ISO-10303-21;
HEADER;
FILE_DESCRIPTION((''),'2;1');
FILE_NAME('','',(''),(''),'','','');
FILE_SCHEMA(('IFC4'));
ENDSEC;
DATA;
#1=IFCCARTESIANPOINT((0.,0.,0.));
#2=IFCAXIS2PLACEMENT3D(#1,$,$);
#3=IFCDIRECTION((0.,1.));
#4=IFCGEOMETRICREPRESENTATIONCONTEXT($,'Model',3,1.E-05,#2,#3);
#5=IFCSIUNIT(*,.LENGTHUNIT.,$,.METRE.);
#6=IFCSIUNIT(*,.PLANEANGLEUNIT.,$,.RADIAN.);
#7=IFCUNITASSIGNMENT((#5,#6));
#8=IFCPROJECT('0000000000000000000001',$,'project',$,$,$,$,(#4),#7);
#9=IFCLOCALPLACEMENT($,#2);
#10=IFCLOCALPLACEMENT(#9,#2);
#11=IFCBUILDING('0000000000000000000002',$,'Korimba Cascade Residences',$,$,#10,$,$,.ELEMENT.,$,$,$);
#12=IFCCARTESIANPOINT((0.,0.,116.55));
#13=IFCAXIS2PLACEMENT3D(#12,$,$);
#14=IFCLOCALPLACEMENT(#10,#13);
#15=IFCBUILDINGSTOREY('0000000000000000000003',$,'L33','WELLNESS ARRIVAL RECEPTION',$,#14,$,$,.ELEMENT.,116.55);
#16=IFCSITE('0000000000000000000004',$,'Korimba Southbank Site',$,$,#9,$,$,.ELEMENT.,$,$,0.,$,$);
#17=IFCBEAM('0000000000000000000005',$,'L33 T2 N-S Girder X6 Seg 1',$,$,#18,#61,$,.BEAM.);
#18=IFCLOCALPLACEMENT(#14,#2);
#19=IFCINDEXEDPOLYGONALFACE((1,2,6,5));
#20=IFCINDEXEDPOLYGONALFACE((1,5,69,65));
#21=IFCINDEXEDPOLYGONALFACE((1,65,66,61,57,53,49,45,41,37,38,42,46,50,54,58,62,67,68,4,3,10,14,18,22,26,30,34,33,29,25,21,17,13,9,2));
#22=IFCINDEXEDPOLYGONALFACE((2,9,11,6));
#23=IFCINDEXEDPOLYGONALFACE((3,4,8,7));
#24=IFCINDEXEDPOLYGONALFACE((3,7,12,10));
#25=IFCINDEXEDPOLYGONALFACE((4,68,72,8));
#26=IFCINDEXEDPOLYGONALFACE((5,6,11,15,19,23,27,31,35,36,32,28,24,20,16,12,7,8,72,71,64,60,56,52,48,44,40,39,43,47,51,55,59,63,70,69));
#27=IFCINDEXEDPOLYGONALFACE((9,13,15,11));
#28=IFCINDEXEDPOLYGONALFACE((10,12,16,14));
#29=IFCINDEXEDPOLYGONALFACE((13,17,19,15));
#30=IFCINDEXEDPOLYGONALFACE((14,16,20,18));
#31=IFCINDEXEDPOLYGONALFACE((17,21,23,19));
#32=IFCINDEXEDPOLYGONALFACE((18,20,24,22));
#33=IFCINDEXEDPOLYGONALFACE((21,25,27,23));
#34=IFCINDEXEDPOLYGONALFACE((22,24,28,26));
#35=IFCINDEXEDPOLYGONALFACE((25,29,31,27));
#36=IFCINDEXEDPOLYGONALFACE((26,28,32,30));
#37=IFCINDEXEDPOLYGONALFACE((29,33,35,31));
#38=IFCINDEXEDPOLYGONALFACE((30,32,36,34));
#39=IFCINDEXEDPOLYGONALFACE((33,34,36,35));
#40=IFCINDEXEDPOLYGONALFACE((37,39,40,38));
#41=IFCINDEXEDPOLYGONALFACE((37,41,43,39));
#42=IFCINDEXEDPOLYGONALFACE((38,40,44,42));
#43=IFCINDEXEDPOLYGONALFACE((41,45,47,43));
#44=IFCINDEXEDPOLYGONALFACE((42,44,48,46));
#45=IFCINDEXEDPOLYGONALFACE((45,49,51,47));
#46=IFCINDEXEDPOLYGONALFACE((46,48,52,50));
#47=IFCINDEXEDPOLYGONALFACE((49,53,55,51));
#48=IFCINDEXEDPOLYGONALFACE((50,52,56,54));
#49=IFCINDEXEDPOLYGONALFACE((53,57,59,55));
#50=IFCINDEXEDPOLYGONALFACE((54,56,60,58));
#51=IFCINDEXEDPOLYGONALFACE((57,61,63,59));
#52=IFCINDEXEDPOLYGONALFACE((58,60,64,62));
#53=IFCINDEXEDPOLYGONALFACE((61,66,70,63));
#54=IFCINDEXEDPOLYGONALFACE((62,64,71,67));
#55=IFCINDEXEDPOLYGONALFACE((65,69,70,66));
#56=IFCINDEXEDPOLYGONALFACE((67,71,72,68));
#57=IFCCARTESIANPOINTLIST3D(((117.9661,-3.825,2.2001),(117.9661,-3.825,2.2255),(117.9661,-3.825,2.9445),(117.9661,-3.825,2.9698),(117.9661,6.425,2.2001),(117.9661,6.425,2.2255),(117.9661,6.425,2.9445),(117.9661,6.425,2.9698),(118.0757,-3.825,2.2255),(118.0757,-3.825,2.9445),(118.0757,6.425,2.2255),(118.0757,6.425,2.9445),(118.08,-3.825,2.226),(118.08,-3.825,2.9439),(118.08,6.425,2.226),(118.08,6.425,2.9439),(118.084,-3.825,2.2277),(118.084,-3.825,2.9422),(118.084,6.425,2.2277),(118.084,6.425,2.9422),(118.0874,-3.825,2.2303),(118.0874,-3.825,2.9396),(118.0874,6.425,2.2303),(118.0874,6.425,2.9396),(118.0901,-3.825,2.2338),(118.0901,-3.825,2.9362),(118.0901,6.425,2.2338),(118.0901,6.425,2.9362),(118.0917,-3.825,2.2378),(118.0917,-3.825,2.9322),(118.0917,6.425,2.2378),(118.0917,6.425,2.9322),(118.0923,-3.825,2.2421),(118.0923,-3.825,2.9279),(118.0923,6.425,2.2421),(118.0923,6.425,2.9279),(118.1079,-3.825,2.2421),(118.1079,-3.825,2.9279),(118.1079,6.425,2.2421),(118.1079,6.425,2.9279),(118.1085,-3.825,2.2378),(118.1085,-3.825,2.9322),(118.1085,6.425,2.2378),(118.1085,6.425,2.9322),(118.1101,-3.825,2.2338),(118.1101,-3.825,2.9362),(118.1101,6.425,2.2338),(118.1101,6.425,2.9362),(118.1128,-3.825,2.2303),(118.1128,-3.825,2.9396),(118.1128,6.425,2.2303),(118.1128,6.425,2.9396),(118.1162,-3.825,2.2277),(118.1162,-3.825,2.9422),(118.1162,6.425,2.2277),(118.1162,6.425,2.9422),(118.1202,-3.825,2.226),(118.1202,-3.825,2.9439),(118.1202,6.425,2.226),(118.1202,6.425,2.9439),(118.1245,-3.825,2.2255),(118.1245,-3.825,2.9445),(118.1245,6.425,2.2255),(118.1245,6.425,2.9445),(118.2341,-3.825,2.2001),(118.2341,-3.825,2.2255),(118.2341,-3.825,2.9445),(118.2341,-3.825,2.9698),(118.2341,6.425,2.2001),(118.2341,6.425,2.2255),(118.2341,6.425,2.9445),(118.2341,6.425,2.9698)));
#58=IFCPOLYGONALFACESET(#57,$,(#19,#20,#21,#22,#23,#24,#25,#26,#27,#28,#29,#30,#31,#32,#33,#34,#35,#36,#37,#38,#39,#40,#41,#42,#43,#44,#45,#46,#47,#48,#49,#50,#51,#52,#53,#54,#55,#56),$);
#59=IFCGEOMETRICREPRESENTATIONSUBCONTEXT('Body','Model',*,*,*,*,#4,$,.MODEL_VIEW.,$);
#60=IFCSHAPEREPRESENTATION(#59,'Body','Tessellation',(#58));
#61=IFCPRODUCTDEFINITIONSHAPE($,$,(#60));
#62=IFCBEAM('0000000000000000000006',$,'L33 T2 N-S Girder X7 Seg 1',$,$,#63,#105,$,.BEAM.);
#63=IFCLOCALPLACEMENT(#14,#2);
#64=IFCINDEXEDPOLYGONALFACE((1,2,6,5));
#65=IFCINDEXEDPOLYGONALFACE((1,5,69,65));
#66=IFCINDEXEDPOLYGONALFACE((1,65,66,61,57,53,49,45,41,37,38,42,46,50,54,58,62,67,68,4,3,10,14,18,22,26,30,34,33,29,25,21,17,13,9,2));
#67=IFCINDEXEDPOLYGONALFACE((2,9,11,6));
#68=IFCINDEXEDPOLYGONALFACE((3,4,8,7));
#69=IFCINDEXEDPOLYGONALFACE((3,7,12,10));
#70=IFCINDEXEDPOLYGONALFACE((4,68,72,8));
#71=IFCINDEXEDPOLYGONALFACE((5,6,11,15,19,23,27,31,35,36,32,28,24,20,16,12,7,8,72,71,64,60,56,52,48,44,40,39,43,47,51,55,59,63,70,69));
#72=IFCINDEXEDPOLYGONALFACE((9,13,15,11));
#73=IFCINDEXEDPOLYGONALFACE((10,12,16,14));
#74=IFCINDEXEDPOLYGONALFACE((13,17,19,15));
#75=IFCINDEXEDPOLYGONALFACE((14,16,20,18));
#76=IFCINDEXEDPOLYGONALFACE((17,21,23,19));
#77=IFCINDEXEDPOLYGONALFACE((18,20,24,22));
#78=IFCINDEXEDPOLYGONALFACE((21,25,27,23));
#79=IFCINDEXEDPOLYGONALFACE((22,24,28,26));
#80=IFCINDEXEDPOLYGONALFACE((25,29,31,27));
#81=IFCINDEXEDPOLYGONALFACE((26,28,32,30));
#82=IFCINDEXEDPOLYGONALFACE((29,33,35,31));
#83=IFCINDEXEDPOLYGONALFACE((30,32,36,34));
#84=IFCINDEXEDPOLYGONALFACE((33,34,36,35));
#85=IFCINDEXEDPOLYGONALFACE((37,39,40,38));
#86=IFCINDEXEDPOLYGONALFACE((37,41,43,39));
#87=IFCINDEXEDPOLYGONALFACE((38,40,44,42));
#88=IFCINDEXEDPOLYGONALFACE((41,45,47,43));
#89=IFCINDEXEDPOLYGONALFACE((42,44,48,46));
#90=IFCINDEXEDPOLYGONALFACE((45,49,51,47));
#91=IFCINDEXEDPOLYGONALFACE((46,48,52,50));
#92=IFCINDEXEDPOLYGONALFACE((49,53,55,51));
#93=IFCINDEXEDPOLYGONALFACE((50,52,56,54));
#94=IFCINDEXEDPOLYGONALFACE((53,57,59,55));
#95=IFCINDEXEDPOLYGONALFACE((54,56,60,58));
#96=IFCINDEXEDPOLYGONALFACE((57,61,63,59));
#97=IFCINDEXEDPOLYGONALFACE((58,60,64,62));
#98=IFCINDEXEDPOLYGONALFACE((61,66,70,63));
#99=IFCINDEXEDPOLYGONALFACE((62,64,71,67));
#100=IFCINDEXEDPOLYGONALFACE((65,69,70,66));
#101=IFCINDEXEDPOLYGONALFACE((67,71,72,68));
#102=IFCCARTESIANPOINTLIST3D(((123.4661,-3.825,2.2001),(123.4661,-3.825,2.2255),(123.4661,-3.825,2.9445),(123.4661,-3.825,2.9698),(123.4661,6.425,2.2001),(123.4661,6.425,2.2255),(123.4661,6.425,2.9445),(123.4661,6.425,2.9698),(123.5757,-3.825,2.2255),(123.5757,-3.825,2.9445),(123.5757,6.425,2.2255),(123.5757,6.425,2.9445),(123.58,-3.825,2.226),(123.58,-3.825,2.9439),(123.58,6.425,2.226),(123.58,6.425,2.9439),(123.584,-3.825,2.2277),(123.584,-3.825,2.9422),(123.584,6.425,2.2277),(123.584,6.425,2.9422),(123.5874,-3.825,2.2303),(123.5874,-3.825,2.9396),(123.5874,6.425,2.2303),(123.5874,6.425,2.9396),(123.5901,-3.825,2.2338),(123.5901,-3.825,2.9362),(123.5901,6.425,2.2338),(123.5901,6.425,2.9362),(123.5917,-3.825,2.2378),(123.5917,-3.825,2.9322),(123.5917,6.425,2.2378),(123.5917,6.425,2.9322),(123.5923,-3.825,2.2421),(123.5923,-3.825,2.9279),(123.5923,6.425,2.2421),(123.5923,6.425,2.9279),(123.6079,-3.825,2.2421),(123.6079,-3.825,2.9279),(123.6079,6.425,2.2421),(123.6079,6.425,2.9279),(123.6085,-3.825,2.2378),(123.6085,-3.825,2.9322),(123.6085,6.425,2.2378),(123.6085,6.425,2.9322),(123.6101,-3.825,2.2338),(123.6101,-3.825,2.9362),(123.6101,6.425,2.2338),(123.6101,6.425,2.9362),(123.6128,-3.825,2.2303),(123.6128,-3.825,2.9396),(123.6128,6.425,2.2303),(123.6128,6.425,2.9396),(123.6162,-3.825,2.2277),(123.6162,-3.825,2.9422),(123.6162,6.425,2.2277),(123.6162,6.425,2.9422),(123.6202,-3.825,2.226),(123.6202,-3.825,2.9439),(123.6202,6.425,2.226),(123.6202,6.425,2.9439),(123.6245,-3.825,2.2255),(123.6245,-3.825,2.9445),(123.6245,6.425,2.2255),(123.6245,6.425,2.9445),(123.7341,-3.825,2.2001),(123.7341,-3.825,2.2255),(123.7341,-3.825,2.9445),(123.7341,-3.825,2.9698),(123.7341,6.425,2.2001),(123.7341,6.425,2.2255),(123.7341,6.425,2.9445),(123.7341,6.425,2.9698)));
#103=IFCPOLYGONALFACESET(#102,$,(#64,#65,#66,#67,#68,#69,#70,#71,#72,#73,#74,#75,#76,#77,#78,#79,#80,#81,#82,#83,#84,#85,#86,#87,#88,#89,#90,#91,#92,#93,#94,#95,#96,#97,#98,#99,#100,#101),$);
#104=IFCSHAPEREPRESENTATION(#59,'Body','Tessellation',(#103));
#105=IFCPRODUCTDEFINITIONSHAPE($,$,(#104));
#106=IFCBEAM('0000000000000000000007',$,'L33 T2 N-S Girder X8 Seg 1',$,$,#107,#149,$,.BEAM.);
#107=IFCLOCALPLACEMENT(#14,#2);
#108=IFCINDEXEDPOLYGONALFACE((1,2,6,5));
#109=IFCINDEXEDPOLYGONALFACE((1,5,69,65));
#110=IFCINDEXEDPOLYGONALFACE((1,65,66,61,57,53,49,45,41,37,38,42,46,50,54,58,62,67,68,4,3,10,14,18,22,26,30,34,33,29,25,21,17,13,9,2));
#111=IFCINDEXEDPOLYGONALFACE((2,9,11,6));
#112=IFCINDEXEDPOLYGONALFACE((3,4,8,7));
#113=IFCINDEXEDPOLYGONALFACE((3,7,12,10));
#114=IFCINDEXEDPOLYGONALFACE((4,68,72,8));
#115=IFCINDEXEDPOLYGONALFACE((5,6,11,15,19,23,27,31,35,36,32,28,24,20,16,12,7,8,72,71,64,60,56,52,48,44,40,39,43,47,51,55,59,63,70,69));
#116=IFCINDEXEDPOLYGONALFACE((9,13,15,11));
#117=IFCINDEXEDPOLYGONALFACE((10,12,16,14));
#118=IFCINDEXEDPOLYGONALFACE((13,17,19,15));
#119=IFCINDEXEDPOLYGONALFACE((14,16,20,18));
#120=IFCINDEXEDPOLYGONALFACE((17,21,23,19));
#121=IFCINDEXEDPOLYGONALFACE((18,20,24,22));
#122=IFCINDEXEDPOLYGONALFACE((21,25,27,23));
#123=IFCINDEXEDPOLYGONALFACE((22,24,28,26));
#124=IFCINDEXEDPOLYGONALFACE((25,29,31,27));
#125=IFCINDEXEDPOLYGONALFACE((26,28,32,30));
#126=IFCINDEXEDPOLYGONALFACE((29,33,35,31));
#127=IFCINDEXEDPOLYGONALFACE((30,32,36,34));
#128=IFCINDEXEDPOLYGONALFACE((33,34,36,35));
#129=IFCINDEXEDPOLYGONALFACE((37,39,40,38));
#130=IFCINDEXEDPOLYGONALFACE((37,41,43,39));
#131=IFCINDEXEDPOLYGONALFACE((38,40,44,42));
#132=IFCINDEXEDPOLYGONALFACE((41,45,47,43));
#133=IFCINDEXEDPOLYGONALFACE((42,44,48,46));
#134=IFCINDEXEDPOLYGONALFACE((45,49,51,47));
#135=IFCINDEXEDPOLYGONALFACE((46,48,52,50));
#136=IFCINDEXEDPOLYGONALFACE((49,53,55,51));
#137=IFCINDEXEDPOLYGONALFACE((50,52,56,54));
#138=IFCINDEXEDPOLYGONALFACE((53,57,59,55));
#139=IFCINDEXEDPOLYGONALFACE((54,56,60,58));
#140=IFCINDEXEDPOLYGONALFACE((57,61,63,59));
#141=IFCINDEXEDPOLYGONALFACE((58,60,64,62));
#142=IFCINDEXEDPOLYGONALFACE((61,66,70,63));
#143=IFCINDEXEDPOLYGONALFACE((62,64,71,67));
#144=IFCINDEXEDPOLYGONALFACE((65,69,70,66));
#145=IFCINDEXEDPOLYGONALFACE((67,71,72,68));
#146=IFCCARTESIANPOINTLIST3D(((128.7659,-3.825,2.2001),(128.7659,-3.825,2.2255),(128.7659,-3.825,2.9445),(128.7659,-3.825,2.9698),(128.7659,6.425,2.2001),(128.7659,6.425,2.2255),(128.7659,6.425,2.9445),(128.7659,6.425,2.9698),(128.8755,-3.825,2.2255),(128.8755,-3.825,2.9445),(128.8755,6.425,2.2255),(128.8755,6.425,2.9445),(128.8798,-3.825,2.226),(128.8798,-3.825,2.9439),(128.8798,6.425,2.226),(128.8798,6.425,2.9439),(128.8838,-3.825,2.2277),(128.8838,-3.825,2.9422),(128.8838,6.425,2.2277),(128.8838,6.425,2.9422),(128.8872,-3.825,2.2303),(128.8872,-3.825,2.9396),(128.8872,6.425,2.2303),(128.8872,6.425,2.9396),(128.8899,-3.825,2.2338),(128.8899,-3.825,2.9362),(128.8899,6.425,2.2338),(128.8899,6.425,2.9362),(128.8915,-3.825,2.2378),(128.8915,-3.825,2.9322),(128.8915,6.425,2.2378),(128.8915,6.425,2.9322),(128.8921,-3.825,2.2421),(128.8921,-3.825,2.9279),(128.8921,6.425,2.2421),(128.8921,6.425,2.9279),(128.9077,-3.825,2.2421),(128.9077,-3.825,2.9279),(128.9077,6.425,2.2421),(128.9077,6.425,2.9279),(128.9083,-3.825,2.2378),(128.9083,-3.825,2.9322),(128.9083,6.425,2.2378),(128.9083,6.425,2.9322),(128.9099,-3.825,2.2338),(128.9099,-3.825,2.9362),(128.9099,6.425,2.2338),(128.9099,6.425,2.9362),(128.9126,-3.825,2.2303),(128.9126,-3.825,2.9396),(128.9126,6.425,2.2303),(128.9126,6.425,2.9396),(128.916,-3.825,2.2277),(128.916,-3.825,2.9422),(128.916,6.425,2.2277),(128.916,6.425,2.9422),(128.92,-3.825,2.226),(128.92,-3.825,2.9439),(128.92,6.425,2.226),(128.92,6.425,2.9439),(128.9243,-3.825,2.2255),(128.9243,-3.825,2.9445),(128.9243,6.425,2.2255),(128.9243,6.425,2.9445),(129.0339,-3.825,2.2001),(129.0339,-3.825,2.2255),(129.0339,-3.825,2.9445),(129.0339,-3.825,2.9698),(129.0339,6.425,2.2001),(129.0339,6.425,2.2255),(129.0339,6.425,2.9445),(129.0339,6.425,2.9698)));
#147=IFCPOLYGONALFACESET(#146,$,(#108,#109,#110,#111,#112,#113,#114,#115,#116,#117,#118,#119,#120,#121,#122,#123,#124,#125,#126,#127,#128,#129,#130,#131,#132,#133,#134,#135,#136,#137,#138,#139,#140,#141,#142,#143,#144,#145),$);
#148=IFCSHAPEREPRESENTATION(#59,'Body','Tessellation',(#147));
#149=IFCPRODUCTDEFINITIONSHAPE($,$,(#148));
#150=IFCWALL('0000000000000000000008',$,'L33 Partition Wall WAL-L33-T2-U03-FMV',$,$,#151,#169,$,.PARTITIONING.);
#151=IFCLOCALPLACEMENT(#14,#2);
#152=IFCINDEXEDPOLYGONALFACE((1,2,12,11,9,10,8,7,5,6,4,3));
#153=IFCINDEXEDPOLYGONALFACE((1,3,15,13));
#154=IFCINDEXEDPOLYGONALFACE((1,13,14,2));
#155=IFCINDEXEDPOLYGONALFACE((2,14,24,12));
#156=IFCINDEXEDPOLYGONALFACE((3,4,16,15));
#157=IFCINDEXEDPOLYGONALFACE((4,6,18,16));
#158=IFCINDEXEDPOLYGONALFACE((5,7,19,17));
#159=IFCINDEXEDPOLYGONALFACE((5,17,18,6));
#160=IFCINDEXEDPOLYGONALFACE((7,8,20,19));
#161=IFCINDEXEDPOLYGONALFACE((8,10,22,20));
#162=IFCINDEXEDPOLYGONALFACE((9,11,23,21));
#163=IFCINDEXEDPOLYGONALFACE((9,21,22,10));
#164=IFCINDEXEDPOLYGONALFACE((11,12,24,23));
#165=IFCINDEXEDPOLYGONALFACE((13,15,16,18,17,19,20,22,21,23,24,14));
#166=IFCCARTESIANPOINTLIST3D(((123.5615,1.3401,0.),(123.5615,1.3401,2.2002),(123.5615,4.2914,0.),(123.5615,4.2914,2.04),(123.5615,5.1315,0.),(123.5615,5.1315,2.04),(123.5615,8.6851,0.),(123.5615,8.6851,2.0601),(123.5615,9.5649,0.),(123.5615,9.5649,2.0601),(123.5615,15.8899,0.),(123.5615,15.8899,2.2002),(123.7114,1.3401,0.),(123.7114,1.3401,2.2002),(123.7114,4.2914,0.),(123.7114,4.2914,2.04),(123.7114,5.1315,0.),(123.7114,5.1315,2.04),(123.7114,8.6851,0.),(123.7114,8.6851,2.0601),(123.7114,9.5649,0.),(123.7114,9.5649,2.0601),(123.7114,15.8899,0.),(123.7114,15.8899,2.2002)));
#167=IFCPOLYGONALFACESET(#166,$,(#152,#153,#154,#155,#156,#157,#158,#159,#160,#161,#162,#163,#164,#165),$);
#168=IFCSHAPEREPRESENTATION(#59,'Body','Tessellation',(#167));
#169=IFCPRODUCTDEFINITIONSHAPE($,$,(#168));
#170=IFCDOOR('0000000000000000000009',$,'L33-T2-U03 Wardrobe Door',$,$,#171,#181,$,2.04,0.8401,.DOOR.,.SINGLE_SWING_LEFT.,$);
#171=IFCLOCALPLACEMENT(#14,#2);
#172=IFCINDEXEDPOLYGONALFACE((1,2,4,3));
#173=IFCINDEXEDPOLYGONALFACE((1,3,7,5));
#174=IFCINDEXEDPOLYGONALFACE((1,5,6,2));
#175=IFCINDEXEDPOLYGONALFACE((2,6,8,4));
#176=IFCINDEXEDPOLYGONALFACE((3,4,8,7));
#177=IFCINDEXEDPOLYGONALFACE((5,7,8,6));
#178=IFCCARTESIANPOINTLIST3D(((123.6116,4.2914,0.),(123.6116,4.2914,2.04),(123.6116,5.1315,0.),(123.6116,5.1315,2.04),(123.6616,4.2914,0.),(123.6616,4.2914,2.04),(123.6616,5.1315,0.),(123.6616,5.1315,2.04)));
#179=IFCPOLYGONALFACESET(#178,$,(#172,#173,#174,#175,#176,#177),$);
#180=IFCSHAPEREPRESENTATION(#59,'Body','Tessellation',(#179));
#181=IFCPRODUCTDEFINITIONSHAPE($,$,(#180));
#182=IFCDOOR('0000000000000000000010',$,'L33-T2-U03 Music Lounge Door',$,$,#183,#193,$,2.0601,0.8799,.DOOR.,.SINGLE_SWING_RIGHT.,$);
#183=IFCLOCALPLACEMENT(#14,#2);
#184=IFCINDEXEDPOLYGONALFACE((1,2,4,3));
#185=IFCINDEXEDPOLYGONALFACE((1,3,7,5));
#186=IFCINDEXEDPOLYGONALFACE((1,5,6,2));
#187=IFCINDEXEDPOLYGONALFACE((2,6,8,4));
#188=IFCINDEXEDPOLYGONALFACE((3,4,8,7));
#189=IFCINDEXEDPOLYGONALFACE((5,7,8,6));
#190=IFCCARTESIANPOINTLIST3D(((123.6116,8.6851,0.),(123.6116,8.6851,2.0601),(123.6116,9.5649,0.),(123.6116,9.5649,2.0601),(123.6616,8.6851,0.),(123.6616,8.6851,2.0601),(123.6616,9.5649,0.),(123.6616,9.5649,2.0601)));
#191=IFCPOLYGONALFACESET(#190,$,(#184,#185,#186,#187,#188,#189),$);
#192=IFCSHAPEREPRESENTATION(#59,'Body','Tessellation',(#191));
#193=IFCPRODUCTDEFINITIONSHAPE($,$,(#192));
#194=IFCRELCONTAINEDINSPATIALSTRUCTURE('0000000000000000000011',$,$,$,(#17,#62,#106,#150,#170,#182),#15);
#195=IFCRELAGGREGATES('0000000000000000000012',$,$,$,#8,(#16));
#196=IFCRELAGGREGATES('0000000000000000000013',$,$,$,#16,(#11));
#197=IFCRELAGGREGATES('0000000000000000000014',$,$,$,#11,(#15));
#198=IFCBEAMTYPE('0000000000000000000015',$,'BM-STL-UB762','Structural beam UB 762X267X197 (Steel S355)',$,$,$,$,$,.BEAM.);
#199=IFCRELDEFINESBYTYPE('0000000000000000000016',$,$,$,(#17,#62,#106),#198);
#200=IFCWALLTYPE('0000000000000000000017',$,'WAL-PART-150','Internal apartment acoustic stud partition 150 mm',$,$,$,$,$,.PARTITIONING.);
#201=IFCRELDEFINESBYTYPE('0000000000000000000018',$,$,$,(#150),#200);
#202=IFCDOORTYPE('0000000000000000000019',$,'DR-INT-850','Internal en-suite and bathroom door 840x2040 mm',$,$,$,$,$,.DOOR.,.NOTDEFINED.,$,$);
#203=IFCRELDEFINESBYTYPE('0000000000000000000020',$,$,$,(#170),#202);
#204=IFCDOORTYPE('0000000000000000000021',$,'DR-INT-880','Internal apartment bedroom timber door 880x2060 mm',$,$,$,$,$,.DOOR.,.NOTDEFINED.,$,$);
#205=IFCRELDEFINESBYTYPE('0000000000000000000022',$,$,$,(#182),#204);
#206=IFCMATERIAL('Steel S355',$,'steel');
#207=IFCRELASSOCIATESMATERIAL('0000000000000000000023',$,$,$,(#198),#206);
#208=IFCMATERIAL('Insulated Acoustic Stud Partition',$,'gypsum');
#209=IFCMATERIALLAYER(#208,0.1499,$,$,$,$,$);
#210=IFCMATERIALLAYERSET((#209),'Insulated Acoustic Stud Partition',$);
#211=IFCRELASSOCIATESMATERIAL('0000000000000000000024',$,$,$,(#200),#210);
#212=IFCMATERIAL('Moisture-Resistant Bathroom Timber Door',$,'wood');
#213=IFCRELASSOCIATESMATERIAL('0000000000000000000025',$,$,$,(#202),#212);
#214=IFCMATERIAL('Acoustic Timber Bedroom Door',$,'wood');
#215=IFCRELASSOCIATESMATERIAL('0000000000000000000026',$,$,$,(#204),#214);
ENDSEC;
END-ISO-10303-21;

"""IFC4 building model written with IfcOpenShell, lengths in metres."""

from ifc_helpers import new_model, si_unit, direction, frame, frame_2d, origin, origin_2d, place, context, subcontext, project, spatial, rectangle, i_section, extrude, material, layer, layer_set, material_profile, profile_set, type_object, element, fill, save


model = new_model("IFC4")

# Units and contexts
model_context = context("Model", 3, precision=1e-05, world=origin(), true_north=direction((0.0, 1.0)))
body_context = subcontext(model_context, "Body", "Model", "MODEL_VIEW")
ifc_project = project(units=[si_unit("LENGTHUNIT", "METRE"), si_unit("PLANEANGLEUNIT", "RADIAN")], contexts=[model_context])

# Site, building, storey
site_placement = place(None, origin())
site = spatial("IfcSite", under=ifc_project, at=site_placement, Name="Korimba Southbank Site", CompositionType="ELEMENT", RefElevation=0.0)
building_placement = place(site_placement, origin())
building = spatial("IfcBuilding", under=site, at=building_placement, Name="Korimba Cascade Residences", CompositionType="ELEMENT")
storey_placement = place(building_placement, frame((0.0, 0.0, 116.55)))
storey = spatial("IfcBuildingStorey", under=building, at=storey_placement, Name="L33", Description="WELLNESS ARRIVAL RECEPTION", CompositionType="ELEMENT", Elevation=116.55)

# Beams
ifc_material_1 = material(Name="Steel S355", Category="steel")
ifc_material_profile_1 = material_profile(ifc_material_1, i_section(OverallWidth=0.2681, OverallDepth=0.7698, WebThickness=0.0156, FlangeThickness=0.0254, FilletRadius=0.0166, at=origin_2d()), Name="Steel S355")
ifc_profile_set_1 = profile_set([ifc_material_profile_1], Name="Steel S355")
beam_type_1 = type_object("IfcBeamType", Name="BM-STL-UB762", Description="Structural beam UB 762X267X197 (Steel S355)", PredefinedType="BEAM", material=ifc_profile_set_1)
for number, where, z_axis, x_axis, name in (
    (1, (118.1001, -3.825, 2.585), (0.0, 1.0, 0.0), (-1.0, 0.0, 0.0), "L33 T2 N-S Girder X6 Seg 1"),
    (2, (123.6001, -3.825, 2.585), (0.0, 1.0, 0.0), (-1.0, 0.0, 0.0), "L33 T2 N-S Girder X7 Seg 1"),
    (3, (128.8999, -3.825, 2.585), (0.0, 1.0, 0.0), (-1.0, 0.0, 0.0), "L33 T2 N-S Girder X8 Seg 1"),
):
    element("IfcBeam", number, at=place(storey_placement, frame(where, z_axis=z_axis, x_axis=x_axis)), inside=storey, type_object=beam_type_1, Name=name, PredefinedType="BEAM", context=body_context, shape_type="SweptSolid", body=[
        extrude(i_section(OverallWidth=0.2681, OverallDepth=0.7698, WebThickness=0.0156, FlangeThickness=0.0254, FilletRadius=0.0166, at=origin_2d()), origin(), (0.0, 0.0, 1.0), 10.25),
    ])

# Wall, openings, doors
ifc_material_2 = material(Name="Insulated Acoustic Stud Partition", Category="gypsum")
ifc_layer = layer(ifc_material_2, 0.1499)
ifc_layer_set = layer_set([ifc_layer], Name="Insulated Acoustic Stud Partition")
wall_type = type_object("IfcWallType", Name="WAL-PART-150", Description="Internal apartment acoustic stud partition 150 mm", PredefinedType="PARTITIONING", material=ifc_layer_set)
wall_1_placement = place(storey_placement, frame((123.6365, 1.3401, 0.0), z_axis=(0.0, 0.0, 1.0), x_axis=(0.0, 1.0, 0.0)))
wall_1 = element("IfcWall", 4, at=wall_1_placement, inside=storey, type_object=wall_type, Name="L33 Partition Wall WAL-L33-T2-U03-FMV", PredefinedType="PARTITIONING", context=body_context, shape_type="SweptSolid", body=[
    extrude(rectangle(XDim=14.5498, YDim=0.1499, at=frame_2d((7.2749, 0.0))), origin(), (0.0, 0.0, 1.0), 2.2002),
])
opening_1_placement = place(wall_1_placement, frame((2.9514, 0.0, 0.0)))
opening_1 = element("IfcOpeningElement", 5, at=opening_1_placement, cuts=wall_1, PredefinedType="OPENING", context=body_context, shape_type="SweptSolid", body=[
    extrude(rectangle(XDim=0.8401, YDim=2.04, at=frame_2d((0.4199, 1.02))), frame((0.0, 0.085, 0.0), z_axis=(0.0, -1.0, 0.0), x_axis=(1.0, 0.0, 0.0)), (0.0, 0.0, 1.0), 0.1699),
])
opening_2_placement = place(wall_1_placement, frame((7.345, 0.0, 0.0)))
opening_2 = element("IfcOpeningElement", 6, at=opening_2_placement, cuts=wall_1, PredefinedType="OPENING", context=body_context, shape_type="SweptSolid", body=[
    extrude(rectangle(XDim=0.8799, YDim=2.0601, at=frame_2d((0.4399, 1.03))), frame((0.0, 0.085, 0.0), z_axis=(0.0, -1.0, 0.0), x_axis=(1.0, 0.0, 0.0)), (0.0, 0.0, 1.0), 0.1699),
])
ifc_material_3 = material(Name="Moisture-Resistant Bathroom Timber Door", Category="wood")
door_type_1 = type_object("IfcDoorType", Name="DR-INT-850", Description="Internal en-suite and bathroom door 840x2040 mm", OperationType="NOTDEFINED", PredefinedType="DOOR", material=ifc_material_3)
door_1_placement = place(opening_1_placement, origin())
door_1 = element("IfcDoor", 7, at=door_1_placement, inside=storey, type_object=door_type_1, Name="L33-T2-U03 Wardrobe Door", OperationType="SINGLE_SWING_LEFT", OverallHeight=2.04, OverallWidth=0.8401, PredefinedType="DOOR", context=body_context, shape_type="SweptSolid", body=[
    extrude(rectangle(XDim=0.8401, YDim=2.04, at=frame_2d((0.4199, 1.02))), frame((0.0, 0.0249, 0.0), z_axis=(0.0, -1.0, 0.0), x_axis=(1.0, 0.0, 0.0)), (0.0, 0.0, 1.0), 0.05),
])
fill(opening_1, door_1)
ifc_material_4 = material(Name="Acoustic Timber Bedroom Door", Category="wood")
door_type_2 = type_object("IfcDoorType", Name="DR-INT-880", Description="Internal apartment bedroom timber door 880x2060 mm", OperationType="NOTDEFINED", PredefinedType="DOOR", material=ifc_material_4)
door_2_placement = place(opening_2_placement, origin())
door_2 = element("IfcDoor", 8, at=door_2_placement, inside=storey, type_object=door_type_2, Name="L33-T2-U03 Music Lounge Door", OperationType="SINGLE_SWING_RIGHT", OverallHeight=2.0601, OverallWidth=0.8799, PredefinedType="DOOR", context=body_context, shape_type="SweptSolid", body=[
    extrude(rectangle(XDim=0.8799, YDim=2.0601, at=frame_2d((0.4399, 1.03))), frame((0.0, 0.0249, 0.0), z_axis=(0.0, -1.0, 0.0), x_axis=(1.0, 0.0, 0.0)), (0.0, 0.0, 1.0), 0.05),
])
fill(opening_2, door_2)

save(model, "model.ifc")
